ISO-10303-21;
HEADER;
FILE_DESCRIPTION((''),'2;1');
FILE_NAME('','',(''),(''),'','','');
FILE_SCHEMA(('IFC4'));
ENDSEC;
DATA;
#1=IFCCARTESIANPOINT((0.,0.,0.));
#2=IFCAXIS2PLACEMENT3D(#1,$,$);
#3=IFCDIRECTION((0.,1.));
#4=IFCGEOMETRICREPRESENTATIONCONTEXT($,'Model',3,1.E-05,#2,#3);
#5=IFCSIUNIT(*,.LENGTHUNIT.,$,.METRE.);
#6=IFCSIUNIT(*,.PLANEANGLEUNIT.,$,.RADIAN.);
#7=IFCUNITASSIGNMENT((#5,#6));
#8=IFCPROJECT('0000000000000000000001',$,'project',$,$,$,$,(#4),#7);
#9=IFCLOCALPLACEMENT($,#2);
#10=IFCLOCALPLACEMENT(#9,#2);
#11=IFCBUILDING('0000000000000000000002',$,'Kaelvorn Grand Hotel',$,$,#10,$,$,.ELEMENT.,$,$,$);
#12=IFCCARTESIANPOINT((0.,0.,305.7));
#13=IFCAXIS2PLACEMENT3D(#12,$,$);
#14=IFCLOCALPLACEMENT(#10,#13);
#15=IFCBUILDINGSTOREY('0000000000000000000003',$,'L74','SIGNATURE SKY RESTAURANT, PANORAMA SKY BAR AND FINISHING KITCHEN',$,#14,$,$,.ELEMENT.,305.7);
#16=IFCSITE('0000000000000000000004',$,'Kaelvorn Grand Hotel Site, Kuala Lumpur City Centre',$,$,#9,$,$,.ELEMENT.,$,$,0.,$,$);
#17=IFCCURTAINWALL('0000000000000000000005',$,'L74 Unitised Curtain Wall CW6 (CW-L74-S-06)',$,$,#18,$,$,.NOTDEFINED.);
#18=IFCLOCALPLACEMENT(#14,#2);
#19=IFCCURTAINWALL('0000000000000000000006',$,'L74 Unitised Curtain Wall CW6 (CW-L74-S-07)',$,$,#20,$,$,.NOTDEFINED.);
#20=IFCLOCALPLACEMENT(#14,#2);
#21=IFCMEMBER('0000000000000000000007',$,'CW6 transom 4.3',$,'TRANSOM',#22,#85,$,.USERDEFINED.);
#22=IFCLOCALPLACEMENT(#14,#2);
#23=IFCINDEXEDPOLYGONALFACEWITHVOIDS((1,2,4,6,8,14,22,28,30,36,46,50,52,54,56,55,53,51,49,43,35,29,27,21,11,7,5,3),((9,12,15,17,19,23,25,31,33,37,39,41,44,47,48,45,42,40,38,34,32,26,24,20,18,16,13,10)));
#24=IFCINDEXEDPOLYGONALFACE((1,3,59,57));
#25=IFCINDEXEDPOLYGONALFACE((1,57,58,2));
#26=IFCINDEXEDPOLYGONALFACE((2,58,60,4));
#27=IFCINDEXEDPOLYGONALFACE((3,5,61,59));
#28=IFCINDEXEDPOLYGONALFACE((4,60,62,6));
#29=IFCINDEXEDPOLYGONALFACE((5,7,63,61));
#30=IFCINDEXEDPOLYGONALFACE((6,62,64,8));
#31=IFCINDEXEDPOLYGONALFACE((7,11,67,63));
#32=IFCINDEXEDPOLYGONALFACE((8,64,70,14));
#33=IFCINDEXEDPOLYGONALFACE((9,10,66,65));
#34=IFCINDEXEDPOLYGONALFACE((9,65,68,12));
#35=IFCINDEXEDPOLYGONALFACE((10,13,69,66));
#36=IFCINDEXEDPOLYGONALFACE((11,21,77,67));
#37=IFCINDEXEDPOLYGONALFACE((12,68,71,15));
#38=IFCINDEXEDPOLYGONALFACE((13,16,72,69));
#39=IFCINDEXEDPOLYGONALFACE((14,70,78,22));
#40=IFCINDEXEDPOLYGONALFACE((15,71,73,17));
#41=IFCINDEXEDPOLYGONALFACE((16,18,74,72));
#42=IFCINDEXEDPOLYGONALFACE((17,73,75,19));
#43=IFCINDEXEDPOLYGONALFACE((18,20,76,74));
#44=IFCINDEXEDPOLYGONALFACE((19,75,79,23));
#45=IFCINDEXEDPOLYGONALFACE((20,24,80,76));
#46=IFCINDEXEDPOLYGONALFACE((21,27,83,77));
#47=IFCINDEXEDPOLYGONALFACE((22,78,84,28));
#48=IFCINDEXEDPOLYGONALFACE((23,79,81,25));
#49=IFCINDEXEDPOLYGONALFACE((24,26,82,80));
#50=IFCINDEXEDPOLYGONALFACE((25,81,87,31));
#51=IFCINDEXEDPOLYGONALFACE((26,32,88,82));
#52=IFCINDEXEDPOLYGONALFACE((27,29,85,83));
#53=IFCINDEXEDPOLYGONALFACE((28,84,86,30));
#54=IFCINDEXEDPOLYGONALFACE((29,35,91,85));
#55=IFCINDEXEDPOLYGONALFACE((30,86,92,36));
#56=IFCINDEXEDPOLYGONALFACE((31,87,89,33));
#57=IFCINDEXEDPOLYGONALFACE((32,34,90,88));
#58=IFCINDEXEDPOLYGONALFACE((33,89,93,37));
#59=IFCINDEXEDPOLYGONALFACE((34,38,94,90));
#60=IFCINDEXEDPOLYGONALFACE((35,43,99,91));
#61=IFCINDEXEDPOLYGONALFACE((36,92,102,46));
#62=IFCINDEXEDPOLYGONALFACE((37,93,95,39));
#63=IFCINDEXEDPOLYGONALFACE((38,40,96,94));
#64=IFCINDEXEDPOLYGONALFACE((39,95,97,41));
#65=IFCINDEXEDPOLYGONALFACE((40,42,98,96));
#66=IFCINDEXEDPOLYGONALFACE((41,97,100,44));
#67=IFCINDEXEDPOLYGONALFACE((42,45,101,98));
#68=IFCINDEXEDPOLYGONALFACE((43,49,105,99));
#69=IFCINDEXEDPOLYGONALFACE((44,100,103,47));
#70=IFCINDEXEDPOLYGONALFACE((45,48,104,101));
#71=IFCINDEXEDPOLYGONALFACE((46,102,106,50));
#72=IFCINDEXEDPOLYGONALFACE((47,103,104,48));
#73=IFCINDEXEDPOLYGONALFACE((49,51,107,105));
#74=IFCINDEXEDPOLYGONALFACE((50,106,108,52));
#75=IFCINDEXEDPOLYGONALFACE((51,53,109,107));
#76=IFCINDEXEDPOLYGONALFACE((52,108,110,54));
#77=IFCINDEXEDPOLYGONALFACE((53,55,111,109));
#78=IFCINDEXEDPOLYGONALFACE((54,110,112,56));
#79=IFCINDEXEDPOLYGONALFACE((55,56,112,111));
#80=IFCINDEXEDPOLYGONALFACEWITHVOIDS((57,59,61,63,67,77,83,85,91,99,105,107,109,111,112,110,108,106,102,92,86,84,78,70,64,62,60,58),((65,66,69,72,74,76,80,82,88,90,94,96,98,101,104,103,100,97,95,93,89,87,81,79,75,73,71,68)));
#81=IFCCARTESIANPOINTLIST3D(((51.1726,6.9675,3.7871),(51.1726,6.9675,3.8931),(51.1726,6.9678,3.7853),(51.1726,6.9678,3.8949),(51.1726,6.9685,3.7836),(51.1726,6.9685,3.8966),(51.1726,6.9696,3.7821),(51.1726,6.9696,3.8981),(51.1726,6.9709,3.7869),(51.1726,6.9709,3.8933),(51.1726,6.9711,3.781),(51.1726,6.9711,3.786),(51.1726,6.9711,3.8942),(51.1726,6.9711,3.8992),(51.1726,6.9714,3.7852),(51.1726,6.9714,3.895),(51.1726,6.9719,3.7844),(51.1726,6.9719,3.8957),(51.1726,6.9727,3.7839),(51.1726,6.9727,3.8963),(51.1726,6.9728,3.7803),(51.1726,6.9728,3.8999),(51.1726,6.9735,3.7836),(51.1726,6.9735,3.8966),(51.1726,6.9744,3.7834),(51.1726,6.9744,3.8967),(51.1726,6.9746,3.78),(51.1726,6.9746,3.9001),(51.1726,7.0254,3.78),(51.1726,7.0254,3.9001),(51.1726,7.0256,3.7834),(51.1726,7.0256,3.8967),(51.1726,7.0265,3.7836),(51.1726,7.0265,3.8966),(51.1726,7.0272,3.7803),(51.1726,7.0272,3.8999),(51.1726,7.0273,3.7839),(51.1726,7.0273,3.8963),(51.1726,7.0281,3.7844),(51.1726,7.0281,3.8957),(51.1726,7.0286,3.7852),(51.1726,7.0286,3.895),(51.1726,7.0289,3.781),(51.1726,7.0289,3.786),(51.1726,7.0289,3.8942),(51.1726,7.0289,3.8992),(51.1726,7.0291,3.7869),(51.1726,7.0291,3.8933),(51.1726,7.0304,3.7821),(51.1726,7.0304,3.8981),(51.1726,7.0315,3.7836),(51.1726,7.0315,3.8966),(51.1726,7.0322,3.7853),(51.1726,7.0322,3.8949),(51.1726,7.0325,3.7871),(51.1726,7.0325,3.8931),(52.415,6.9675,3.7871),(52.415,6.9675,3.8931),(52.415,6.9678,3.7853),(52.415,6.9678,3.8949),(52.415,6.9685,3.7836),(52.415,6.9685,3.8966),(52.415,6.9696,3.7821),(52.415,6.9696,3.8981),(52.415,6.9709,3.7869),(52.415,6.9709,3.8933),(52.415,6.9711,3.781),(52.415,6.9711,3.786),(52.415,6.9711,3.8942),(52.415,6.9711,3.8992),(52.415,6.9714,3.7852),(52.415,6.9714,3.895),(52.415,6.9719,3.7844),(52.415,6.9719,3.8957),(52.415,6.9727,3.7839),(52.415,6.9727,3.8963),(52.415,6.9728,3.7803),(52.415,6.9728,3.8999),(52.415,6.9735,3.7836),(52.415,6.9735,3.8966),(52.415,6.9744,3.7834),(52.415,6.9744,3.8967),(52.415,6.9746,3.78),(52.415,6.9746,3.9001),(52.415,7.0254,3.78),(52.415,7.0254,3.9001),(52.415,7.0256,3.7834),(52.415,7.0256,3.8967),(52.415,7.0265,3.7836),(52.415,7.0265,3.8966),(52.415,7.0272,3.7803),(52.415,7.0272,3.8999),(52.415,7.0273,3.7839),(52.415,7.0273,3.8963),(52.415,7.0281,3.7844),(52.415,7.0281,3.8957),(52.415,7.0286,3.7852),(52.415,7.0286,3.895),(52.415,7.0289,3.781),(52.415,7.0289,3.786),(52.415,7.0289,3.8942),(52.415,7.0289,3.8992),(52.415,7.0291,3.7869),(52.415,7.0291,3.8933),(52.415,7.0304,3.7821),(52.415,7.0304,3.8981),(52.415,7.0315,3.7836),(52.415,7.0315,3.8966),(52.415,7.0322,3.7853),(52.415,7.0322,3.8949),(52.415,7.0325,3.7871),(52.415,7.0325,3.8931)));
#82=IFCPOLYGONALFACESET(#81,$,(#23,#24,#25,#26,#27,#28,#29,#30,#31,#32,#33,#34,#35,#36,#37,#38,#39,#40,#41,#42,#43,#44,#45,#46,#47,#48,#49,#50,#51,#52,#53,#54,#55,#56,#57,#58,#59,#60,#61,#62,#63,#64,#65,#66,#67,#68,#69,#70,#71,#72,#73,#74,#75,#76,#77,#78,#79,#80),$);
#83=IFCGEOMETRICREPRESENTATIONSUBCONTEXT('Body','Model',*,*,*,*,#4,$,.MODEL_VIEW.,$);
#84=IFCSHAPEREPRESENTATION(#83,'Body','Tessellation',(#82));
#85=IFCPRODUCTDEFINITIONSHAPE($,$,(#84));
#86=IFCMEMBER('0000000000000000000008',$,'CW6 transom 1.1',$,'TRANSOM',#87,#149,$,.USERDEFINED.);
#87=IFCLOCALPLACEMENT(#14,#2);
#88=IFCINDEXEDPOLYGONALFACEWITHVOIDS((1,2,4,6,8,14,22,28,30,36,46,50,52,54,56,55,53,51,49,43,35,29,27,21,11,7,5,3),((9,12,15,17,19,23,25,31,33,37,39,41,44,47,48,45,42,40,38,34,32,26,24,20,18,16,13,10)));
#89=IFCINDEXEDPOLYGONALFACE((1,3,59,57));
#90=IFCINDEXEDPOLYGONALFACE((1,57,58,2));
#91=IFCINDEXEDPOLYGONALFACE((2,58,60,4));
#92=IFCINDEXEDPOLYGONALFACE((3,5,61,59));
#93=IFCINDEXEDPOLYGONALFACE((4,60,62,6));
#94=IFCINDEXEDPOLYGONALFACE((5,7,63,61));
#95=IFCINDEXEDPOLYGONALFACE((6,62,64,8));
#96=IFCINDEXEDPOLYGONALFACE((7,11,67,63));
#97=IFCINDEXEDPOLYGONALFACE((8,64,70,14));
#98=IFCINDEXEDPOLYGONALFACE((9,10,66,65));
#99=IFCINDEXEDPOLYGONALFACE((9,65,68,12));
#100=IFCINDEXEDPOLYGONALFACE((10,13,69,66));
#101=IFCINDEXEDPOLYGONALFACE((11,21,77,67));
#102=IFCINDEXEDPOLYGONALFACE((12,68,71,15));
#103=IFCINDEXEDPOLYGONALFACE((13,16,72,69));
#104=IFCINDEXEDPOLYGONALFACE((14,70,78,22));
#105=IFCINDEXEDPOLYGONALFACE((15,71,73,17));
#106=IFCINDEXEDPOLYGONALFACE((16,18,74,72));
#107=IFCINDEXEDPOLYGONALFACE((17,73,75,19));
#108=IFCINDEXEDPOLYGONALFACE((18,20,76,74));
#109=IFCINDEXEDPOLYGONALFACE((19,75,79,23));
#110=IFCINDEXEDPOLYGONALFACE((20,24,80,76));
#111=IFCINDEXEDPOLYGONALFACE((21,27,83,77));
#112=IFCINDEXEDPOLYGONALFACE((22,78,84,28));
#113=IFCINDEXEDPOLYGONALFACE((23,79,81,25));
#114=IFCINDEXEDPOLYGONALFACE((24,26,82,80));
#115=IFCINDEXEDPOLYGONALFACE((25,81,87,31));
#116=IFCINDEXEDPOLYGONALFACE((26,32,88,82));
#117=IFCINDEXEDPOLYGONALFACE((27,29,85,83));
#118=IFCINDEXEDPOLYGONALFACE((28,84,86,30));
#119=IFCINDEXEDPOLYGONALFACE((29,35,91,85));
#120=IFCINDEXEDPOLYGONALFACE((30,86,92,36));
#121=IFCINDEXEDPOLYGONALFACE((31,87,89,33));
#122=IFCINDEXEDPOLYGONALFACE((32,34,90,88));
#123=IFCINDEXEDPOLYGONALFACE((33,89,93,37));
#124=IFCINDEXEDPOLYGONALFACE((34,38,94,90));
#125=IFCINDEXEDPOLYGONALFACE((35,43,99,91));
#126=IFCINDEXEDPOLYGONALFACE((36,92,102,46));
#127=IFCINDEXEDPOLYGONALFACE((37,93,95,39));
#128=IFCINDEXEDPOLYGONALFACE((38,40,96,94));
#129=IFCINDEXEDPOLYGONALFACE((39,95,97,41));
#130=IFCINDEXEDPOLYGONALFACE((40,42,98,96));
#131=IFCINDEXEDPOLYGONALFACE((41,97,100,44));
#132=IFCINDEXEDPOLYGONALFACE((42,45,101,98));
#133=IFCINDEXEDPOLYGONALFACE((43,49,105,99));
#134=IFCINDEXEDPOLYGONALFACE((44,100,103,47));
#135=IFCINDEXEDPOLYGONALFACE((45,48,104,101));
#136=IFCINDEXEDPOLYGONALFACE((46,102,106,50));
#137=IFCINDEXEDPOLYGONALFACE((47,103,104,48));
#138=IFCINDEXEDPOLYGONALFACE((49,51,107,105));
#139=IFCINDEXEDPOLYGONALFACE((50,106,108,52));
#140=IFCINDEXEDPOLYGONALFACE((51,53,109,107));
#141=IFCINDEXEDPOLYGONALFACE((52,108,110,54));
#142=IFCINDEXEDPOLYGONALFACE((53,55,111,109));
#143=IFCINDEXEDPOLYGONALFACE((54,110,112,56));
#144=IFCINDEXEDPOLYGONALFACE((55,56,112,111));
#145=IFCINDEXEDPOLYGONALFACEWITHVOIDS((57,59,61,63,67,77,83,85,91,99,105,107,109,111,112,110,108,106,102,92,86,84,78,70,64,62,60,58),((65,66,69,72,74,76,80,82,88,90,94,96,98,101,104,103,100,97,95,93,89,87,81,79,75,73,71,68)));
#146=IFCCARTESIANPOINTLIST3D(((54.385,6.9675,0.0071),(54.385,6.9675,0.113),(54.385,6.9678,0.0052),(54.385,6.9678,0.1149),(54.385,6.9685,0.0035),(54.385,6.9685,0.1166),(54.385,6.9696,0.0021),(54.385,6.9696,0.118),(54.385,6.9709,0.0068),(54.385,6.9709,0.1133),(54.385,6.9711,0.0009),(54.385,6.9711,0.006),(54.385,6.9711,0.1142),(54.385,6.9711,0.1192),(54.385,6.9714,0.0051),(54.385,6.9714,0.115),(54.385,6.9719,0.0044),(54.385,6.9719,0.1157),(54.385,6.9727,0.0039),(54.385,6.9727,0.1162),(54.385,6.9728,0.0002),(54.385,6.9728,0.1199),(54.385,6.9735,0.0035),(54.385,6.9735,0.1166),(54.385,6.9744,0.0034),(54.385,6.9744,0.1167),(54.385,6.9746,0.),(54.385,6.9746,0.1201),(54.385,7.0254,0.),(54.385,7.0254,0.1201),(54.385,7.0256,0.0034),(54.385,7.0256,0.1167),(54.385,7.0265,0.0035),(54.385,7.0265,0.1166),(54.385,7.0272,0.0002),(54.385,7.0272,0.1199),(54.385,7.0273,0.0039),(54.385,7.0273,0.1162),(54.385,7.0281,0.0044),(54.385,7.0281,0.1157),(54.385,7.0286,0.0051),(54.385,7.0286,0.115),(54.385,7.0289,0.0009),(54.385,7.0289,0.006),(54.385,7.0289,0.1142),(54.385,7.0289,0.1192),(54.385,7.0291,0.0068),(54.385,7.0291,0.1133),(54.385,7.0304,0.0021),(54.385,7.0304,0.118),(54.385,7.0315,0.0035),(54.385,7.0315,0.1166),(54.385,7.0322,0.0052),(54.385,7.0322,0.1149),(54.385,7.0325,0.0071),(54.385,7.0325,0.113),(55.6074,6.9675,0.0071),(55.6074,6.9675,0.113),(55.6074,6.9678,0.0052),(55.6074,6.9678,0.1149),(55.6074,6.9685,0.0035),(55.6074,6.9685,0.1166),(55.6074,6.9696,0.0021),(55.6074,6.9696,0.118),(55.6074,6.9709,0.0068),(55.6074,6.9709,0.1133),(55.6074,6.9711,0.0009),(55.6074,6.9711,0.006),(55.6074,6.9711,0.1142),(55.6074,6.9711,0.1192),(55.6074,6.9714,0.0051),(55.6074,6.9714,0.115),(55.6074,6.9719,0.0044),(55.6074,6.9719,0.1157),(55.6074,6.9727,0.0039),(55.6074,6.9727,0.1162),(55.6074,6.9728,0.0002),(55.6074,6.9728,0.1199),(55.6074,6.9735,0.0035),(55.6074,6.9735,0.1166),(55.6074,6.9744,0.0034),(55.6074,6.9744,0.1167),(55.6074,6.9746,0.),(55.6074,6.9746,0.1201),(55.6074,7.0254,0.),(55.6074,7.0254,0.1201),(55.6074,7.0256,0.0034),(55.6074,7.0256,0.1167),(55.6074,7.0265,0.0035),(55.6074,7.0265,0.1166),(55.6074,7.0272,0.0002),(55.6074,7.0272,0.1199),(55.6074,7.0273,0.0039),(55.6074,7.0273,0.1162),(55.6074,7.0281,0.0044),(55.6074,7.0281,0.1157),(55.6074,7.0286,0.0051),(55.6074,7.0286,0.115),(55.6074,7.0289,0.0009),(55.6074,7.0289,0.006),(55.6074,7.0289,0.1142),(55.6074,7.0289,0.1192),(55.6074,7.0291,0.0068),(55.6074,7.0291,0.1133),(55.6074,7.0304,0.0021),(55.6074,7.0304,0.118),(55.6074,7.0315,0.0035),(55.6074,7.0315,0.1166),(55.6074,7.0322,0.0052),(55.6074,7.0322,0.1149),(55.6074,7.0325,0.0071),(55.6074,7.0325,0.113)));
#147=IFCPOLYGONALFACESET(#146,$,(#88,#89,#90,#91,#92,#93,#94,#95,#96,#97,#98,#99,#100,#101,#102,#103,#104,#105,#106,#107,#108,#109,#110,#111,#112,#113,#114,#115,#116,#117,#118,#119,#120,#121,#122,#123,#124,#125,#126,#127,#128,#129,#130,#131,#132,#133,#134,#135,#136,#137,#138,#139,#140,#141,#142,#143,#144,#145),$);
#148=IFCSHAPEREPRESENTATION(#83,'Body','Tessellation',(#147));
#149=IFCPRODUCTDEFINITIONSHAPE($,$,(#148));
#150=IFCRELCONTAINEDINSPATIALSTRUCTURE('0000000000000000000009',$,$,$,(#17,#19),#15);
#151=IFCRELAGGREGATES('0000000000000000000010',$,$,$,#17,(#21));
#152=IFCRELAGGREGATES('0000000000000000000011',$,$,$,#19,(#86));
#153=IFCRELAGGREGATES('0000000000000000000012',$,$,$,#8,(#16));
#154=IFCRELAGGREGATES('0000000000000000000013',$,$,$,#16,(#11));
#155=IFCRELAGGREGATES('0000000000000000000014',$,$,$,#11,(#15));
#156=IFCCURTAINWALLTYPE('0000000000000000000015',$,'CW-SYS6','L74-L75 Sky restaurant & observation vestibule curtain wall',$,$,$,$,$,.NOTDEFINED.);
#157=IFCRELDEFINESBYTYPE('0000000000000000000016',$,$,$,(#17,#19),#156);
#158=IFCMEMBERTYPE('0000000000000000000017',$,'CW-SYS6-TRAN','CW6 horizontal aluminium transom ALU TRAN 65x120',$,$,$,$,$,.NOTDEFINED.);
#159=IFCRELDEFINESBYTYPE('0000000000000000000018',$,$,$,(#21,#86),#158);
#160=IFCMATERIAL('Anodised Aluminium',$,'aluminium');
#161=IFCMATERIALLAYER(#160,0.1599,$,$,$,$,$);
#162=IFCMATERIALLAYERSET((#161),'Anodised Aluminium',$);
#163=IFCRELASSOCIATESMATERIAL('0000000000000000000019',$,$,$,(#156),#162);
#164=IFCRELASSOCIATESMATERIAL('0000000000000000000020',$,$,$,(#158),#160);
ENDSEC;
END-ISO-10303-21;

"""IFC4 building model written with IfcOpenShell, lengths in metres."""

from ifc_helpers import new_model, si_unit, direction, frame, origin, origin_2d, place, context, subcontext, project, spatial, hollow_rectangle, extrude, material, layer, layer_set, material_profile, profile_set, type_object, element, aggregate, save


model = new_model("IFC4")

# Units and contexts
model_context = context("Model", 3, precision=1e-05, world=origin(), true_north=direction((0.0, 1.0)))
body_context = subcontext(model_context, "Body", "Model", "MODEL_VIEW")
ifc_project = project(units=[si_unit("LENGTHUNIT", "METRE"), si_unit("PLANEANGLEUNIT", "RADIAN")], contexts=[model_context])

# Site, building, storey
site_placement = place(None, origin())
site = spatial("IfcSite", under=ifc_project, at=site_placement, Name="Kaelvorn Grand Hotel Site, Kuala Lumpur City Centre", CompositionType="ELEMENT", RefElevation=0.0)
building_placement = place(site_placement, origin())
building = spatial("IfcBuilding", under=site, at=building_placement, Name="Kaelvorn Grand Hotel", CompositionType="ELEMENT")
storey_placement = place(building_placement, frame((0.0, 0.0, 305.7)))
storey = spatial("IfcBuildingStorey", under=building, at=storey_placement, Name="L74", Description="SIGNATURE SKY RESTAURANT, PANORAMA SKY BAR AND FINISHING KITCHEN", CompositionType="ELEMENT", Elevation=305.7)

# Curtain walls
ifc_material_1 = material(Name="Anodised Aluminium", Category="aluminium")
ifc_layer_1 = layer(ifc_material_1, 0.1599)
ifc_layer_set_1 = layer_set([ifc_layer_1], Name="Anodised Aluminium")
curtain_wall_type = type_object("IfcCurtainWallType", Name="CW-SYS6", Description="L74-L75 Sky restaurant & observation vestibule curtain wall", PredefinedType="NOTDEFINED", material=ifc_layer_set_1)
curtain_wall_1_placement = place(storey_placement, origin())
curtain_wall_1 = element("IfcCurtainWall", 1, at=curtain_wall_1_placement, inside=storey, type_object=curtain_wall_type, Name="L74 Unitised Curtain Wall CW6 (CW-L74-S-06)", PredefinedType="NOTDEFINED")
curtain_wall_2_placement = place(storey_placement, origin())
curtain_wall_2 = element("IfcCurtainWall", 2, at=curtain_wall_2_placement, inside=storey, type_object=curtain_wall_type, Name="L74 Unitised Curtain Wall CW6 (CW-L74-S-07)", PredefinedType="NOTDEFINED")

# Members
ifc_material_profile_1 = material_profile(ifc_material_1, hollow_rectangle(XDim=0.0649, YDim=0.1201, WallThickness=0.0034, InnerFilletRadius=0.0034, OuterFilletRadius=0.0071, at=origin_2d()), Name="ALU TRAN 65x120")
ifc_profile_set_1 = profile_set([ifc_material_profile_1], Name="Anodised Aluminium")
member_type_1 = type_object("IfcMemberType", Name="CW-SYS6-TRAN", Description="CW6 horizontal aluminium transom ALU TRAN 65x120", PredefinedType="NOTDEFINED", material=ifc_profile_set_1)
member_1_placement = place(storey_placement, frame((51.1726, 7.0, 3.8401), z_axis=(1.0, 0.0, 0.0), x_axis=(0.0, 1.0, 0.0)))
member_1 = element("IfcMember", 3, at=member_1_placement, type_object=member_type_1, Name="CW6 transom 4.3", ObjectType="TRANSOM", PredefinedType="USERDEFINED", context=body_context, shape_type="SweptSolid", body=[
    extrude(hollow_rectangle(XDim=0.0649, YDim=0.1201, WallThickness=0.0034, InnerFilletRadius=0.0034, OuterFilletRadius=0.0071, at=origin_2d()), origin(), (0.0, 0.0, 1.0), 1.2424),
])
member_2_placement = place(storey_placement, frame((54.385, 7.0, 0.0601), z_axis=(1.0, 0.0, 0.0), x_axis=(0.0, 1.0, 0.0)))
member_2 = element("IfcMember", 4, at=member_2_placement, type_object=member_type_1, Name="CW6 transom 1.1", ObjectType="TRANSOM", PredefinedType="USERDEFINED", context=body_context, shape_type="SweptSolid", body=[
    extrude(hollow_rectangle(XDim=0.0649, YDim=0.1201, WallThickness=0.0034, InnerFilletRadius=0.0034, OuterFilletRadius=0.0071, at=origin_2d()), origin(), (0.0, 0.0, 1.0), 1.2224),
])

aggregate(curtain_wall_1, [member_1])
aggregate(curtain_wall_2, [member_2])

save(model, "model.ifc")
